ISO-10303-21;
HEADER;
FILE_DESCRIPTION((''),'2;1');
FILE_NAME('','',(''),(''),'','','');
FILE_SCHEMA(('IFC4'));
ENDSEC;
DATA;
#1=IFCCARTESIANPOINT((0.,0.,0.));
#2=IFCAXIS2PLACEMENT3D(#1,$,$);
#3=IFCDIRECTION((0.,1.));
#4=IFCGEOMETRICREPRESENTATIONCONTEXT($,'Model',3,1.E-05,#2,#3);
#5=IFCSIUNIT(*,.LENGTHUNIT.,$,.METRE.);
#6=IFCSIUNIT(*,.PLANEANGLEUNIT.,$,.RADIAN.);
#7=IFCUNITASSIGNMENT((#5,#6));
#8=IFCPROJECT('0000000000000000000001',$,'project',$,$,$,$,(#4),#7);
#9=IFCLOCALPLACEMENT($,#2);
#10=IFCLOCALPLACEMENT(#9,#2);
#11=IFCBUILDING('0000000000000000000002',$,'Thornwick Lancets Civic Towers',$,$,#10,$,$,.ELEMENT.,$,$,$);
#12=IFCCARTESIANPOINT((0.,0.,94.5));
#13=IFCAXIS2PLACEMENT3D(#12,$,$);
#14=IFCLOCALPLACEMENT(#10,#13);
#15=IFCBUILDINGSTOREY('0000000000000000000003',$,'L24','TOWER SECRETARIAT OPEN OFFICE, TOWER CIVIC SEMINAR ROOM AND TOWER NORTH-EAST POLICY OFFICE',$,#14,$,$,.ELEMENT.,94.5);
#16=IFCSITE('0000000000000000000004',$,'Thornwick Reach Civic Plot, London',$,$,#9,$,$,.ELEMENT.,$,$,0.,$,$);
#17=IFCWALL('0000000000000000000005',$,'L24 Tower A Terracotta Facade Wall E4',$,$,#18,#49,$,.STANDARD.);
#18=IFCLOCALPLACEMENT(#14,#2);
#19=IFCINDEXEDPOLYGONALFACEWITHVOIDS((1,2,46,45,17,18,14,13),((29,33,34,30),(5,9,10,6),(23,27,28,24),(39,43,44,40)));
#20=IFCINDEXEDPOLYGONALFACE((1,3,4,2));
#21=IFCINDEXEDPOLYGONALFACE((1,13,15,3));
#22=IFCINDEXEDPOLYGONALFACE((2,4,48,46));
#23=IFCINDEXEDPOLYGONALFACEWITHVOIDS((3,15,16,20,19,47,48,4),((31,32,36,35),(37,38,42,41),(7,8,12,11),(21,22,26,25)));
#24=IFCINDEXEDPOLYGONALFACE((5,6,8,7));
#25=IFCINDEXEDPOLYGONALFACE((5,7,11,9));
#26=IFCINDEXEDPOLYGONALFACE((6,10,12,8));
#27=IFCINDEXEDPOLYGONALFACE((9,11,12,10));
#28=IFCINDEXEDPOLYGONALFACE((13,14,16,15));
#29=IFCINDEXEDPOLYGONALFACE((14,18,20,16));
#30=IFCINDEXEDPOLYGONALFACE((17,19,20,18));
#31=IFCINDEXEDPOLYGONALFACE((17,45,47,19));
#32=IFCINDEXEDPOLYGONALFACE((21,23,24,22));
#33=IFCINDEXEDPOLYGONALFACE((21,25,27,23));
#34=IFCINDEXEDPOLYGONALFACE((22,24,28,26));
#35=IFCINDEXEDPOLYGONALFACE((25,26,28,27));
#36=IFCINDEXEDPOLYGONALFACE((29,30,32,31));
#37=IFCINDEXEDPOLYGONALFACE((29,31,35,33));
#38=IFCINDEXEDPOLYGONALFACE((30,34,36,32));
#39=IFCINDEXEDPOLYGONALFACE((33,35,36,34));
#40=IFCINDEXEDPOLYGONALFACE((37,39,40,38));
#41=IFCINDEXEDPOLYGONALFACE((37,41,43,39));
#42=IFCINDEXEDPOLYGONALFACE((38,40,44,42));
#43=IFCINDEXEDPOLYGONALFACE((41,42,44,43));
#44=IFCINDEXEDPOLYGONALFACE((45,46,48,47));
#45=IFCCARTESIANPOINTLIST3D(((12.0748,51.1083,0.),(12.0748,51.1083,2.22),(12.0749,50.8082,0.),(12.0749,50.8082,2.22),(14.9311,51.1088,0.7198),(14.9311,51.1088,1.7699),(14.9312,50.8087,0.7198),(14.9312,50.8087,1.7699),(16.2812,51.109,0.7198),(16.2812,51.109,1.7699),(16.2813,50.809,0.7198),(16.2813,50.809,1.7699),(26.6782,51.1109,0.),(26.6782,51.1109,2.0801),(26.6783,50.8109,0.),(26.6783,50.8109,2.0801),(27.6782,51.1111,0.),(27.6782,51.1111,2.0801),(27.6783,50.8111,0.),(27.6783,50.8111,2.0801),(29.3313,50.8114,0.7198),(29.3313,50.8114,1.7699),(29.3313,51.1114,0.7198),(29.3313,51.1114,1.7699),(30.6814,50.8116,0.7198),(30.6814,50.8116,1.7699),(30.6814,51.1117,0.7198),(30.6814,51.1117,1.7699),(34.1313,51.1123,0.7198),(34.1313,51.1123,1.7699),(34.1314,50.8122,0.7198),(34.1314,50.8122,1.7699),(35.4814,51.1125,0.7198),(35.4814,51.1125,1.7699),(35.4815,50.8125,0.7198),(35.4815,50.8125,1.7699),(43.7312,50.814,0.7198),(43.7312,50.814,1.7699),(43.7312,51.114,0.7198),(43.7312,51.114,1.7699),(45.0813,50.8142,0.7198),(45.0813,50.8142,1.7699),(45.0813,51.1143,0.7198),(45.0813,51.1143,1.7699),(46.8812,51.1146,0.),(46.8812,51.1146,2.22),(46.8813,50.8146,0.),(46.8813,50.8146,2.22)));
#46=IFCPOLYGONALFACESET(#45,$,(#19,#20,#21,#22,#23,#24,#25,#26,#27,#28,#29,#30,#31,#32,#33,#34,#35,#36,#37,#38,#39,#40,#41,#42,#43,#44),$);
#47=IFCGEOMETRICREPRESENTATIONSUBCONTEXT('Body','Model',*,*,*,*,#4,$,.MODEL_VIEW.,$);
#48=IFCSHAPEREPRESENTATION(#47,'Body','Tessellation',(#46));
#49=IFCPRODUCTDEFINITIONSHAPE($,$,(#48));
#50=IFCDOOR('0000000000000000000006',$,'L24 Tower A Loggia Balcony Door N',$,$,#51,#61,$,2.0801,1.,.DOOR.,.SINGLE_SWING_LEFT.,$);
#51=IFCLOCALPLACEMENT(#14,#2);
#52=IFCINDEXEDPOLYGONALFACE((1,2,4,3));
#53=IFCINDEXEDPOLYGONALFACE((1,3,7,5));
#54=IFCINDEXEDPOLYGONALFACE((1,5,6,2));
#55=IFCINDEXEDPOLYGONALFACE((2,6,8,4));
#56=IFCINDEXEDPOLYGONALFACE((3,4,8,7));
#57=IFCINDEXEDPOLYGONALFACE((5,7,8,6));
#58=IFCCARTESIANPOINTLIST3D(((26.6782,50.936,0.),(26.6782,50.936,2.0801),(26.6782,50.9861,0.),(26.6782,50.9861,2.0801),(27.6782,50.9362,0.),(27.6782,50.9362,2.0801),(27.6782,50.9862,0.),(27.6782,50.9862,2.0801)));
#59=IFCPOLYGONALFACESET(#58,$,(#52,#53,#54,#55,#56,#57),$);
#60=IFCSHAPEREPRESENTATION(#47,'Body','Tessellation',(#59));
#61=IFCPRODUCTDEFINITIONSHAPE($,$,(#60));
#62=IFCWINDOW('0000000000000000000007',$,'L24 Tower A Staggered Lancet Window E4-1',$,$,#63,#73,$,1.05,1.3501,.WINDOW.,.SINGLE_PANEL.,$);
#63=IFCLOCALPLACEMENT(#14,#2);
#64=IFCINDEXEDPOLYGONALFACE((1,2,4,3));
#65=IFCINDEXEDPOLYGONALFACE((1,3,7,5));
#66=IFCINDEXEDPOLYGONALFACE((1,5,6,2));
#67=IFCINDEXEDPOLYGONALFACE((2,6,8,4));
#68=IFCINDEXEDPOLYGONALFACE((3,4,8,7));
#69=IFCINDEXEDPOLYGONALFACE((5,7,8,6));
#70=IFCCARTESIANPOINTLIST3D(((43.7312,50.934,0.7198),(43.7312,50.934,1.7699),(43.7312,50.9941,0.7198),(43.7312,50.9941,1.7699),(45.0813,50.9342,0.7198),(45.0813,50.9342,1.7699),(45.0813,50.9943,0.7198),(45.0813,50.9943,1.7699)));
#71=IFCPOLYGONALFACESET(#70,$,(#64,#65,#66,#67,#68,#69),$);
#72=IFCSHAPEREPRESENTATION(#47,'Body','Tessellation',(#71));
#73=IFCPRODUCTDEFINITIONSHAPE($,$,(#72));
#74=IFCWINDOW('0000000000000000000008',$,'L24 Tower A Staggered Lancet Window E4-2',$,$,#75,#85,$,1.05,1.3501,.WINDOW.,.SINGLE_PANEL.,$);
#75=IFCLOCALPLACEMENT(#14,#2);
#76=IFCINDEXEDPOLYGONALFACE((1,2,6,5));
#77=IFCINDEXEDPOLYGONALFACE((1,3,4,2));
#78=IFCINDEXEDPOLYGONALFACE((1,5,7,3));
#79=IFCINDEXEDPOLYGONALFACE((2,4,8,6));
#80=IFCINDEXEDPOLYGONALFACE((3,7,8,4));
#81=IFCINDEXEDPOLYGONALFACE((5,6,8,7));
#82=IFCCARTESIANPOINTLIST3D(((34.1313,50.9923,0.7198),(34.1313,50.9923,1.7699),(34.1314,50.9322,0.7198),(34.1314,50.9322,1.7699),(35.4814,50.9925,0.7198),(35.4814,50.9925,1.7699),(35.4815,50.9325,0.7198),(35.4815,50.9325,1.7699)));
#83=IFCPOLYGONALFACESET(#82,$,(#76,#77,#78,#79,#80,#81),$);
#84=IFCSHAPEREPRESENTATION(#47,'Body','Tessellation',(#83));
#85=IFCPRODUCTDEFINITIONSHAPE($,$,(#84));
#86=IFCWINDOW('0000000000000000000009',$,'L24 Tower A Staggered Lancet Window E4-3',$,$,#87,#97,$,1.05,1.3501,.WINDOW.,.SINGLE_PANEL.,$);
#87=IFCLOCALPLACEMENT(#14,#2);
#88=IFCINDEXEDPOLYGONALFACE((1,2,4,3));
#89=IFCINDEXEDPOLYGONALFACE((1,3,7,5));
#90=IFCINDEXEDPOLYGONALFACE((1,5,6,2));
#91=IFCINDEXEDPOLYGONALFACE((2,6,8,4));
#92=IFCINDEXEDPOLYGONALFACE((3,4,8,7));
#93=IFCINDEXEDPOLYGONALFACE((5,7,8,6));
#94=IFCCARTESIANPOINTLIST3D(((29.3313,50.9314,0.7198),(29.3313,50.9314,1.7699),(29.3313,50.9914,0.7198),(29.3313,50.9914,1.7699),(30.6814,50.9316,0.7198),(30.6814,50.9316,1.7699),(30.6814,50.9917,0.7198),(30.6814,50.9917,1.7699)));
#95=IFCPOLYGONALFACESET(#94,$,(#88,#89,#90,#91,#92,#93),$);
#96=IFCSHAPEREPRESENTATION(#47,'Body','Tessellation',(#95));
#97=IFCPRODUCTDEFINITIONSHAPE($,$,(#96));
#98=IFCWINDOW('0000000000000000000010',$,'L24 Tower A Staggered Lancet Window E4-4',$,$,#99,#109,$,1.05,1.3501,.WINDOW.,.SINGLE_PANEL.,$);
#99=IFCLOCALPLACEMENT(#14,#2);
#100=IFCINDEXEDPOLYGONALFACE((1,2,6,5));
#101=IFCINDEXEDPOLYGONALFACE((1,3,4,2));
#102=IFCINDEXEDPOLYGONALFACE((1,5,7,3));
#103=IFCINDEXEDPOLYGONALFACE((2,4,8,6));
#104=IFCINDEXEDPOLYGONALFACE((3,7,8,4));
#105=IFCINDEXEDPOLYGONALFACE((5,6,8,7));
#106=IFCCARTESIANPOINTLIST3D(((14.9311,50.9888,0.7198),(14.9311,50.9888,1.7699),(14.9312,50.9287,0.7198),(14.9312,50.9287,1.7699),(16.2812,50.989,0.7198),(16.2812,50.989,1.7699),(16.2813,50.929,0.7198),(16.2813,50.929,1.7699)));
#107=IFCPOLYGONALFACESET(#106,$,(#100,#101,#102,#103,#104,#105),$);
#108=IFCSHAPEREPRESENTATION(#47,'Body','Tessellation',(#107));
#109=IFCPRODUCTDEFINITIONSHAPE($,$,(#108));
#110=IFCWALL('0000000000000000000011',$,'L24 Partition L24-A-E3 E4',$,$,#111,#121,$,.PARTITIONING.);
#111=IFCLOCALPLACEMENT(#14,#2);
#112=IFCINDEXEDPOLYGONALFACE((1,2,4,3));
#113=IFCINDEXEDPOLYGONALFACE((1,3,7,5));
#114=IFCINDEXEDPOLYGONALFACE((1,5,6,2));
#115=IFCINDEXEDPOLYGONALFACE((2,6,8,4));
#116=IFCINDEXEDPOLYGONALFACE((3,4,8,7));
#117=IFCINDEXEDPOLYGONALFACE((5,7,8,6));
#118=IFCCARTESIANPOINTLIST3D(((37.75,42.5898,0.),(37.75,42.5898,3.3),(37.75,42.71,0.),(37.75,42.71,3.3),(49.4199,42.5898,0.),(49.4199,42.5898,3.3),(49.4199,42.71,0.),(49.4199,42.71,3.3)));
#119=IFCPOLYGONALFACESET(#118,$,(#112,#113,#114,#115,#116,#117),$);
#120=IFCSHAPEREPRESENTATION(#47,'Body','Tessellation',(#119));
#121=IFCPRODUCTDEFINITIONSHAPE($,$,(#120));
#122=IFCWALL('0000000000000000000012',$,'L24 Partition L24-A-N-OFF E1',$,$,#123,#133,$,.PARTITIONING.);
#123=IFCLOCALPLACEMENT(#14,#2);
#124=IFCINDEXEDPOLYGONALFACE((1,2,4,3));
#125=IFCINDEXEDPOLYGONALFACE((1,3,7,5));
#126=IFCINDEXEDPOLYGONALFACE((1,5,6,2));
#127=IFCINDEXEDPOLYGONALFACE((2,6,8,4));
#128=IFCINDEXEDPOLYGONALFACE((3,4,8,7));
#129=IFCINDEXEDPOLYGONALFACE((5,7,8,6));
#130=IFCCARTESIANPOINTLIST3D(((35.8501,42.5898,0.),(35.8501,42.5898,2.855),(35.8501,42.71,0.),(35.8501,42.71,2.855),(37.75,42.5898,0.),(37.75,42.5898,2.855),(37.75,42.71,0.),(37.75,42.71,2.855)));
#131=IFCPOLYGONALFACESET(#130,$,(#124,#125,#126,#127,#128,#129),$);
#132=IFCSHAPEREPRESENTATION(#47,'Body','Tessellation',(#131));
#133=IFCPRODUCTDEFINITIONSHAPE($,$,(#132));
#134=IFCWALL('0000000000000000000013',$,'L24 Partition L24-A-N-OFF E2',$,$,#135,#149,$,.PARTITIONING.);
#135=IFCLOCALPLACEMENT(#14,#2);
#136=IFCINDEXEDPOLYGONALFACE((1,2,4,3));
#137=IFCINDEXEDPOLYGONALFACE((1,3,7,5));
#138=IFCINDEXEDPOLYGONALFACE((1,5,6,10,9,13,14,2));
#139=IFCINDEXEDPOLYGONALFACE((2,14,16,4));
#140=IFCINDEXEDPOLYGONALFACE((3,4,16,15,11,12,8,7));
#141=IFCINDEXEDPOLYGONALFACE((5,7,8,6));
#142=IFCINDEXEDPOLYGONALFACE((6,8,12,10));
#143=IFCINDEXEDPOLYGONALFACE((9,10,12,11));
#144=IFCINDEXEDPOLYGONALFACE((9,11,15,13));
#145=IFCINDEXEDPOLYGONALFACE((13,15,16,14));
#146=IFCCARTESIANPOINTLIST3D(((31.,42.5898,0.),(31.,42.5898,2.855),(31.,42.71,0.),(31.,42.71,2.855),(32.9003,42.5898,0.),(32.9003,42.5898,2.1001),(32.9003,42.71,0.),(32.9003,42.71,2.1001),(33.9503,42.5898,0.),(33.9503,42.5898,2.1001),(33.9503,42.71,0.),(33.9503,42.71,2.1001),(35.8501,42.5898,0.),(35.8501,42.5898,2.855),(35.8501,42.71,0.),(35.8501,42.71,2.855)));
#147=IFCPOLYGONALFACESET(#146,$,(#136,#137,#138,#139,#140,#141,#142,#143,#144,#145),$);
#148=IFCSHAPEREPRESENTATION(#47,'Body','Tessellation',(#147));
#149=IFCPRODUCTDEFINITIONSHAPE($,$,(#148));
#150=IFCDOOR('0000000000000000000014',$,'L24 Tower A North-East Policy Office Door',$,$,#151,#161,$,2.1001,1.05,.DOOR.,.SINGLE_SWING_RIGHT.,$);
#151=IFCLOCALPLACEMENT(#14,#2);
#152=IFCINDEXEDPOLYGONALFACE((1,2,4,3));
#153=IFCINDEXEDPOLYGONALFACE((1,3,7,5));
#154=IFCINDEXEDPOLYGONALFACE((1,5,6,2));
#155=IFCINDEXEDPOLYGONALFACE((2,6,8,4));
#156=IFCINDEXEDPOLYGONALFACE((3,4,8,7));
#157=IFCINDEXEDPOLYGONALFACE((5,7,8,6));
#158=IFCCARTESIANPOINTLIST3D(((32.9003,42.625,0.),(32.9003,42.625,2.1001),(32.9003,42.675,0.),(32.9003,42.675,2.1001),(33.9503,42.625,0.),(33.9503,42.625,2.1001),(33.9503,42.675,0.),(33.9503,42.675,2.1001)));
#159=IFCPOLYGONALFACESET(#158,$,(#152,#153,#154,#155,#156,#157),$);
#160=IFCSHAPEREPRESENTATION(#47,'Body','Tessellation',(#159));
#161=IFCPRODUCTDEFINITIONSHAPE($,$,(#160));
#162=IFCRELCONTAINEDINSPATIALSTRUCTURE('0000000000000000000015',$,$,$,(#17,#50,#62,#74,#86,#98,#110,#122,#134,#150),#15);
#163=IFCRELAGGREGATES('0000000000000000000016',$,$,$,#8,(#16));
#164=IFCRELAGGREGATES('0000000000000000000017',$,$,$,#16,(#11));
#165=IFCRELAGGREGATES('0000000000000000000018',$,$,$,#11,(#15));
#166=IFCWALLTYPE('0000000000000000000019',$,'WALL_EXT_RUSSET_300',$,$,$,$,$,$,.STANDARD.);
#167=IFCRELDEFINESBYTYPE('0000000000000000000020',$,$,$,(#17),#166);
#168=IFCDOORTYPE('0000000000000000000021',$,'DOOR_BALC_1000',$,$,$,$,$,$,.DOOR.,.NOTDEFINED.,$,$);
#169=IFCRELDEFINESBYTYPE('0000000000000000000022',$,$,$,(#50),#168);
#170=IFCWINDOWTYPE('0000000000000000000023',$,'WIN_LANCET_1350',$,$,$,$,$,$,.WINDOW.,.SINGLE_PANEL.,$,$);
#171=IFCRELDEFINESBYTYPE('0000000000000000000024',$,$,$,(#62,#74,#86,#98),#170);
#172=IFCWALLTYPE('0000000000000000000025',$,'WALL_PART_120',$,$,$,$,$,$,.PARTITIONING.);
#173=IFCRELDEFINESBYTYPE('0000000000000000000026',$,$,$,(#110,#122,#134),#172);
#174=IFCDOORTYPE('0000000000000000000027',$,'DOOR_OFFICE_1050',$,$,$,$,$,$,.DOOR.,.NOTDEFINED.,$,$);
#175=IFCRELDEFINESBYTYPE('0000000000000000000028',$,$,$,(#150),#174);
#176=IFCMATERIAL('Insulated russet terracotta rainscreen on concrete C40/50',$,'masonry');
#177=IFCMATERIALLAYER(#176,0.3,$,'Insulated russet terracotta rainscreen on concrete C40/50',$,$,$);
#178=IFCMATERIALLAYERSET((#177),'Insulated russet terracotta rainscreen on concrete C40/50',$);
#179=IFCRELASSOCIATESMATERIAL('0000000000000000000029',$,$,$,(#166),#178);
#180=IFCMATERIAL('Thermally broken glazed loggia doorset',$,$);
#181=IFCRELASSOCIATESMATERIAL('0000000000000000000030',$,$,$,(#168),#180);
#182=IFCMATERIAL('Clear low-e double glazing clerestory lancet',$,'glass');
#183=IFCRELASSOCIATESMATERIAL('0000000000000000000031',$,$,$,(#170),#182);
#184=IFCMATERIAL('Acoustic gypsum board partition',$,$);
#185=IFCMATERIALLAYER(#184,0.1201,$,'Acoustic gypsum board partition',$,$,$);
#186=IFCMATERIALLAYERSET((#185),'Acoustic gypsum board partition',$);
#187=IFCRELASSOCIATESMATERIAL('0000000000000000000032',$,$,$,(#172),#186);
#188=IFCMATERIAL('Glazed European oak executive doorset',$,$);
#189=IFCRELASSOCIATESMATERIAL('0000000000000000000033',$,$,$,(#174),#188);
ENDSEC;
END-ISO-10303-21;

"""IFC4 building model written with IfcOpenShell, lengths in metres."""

from ifc_helpers import new_model, si_unit, direction, frame, frame_2d, origin, place, context, subcontext, project, spatial, rectangle, extrude, material, layer, layer_set, type_object, element, fill, save


model = new_model("IFC4")

# Units and contexts
model_context = context("Model", 3, precision=1e-05, world=origin(), true_north=direction((0.0, 1.0)))
body_context = subcontext(model_context, "Body", "Model", "MODEL_VIEW")
ifc_project = project(units=[si_unit("LENGTHUNIT", "METRE"), si_unit("PLANEANGLEUNIT", "RADIAN")], contexts=[model_context])

# Site, building, storey
site_placement = place(None, origin())
site = spatial("IfcSite", under=ifc_project, at=site_placement, Name="Thornwick Reach Civic Plot, London", CompositionType="ELEMENT", RefElevation=0.0)
building_placement = place(site_placement, origin())
building = spatial("IfcBuilding", under=site, at=building_placement, Name="Thornwick Lancets Civic Towers", CompositionType="ELEMENT")
storey_placement = place(building_placement, frame((0.0, 0.0, 94.5)))
storey = spatial("IfcBuildingStorey", under=building, at=storey_placement, Name="L24", Description="TOWER SECRETARIAT OPEN OFFICE, TOWER CIVIC SEMINAR ROOM AND TOWER NORTH-EAST POLICY OFFICE", CompositionType="ELEMENT", Elevation=94.5)

# Wall, openings, door, windows
ifc_material_1 = material(Name="Insulated russet terracotta rainscreen on concrete C40/50", Category="masonry")
ifc_layer_1 = layer(ifc_material_1, 0.3, Name="Insulated russet terracotta rainscreen on concrete C40/50")
ifc_layer_set_1 = layer_set([ifc_layer_1], Name="Insulated russet terracotta rainscreen on concrete C40/50")
wall_type_1 = type_object("IfcWallType", Name="WALL_EXT_RUSSET_300", PredefinedType="STANDARD", material=ifc_layer_set_1)
wall_1_placement = place(storey_placement, frame((46.8813, 50.9646, 0.0), z_axis=(0.0, 0.0, 1.0), x_axis=(-1.0, -0.000182, 0.0)))
wall_1 = element("IfcWall", 1, at=wall_1_placement, inside=storey, type_object=wall_type_1, Name="L24 Tower A Terracotta Facade Wall E4", PredefinedType="STANDARD", context=body_context, shape_type="SweptSolid", body=[
    extrude(rectangle(XDim=34.8064, YDim=0.3, at=frame_2d((17.4033, 0.0))), origin(), (0.0, 0.0, 1.0), 2.22),
])
opening_1_placement = place(wall_1_placement, frame((19.2031, 0.0, 0.0)))
opening_1 = element("IfcOpeningElement", 2, at=opening_1_placement, cuts=wall_1, PredefinedType="OPENING", context=body_context, shape_type="SweptSolid", body=[
    extrude(rectangle(XDim=1.0, YDim=2.0801, at=frame_2d((0.5, 1.04))), frame((0.0, 0.1602, 0.0), z_axis=(0.0, -1.0, 0.0), x_axis=(1.0, 0.0, 0.0)), (0.0, 0.0, 1.0), 0.3201),
])
opening_2_placement = place(wall_1_placement, frame((1.8, 0.0, 0.72)))
opening_2 = element("IfcOpeningElement", 3, at=opening_2_placement, cuts=wall_1, PredefinedType="OPENING", context=body_context, shape_type="SweptSolid", body=[
    extrude(rectangle(XDim=1.3501, YDim=1.05, at=frame_2d((0.675, 0.5249))), frame((0.0, 0.1602, 0.0), z_axis=(0.0, -1.0, 0.0), x_axis=(1.0, 0.0, 0.0)), (0.0, 0.0, 1.0), 0.3201),
])
opening_3_placement = place(wall_1_placement, frame((11.3999, 0.0, 0.72)))
opening_3 = element("IfcOpeningElement", 4, at=opening_3_placement, cuts=wall_1, PredefinedType="OPENING", context=body_context, shape_type="SweptSolid", body=[
    extrude(rectangle(XDim=1.3501, YDim=1.05, at=frame_2d((0.675, 0.5249))), frame((0.0, 0.1602, 0.0), z_axis=(0.0, -1.0, 0.0), x_axis=(1.0, 0.0, 0.0)), (0.0, 0.0, 1.0), 0.3201),
])
opening_4_placement = place(wall_1_placement, frame((16.2, 0.0, 0.72)))
opening_4 = element("IfcOpeningElement", 5, at=opening_4_placement, cuts=wall_1, PredefinedType="OPENING", context=body_context, shape_type="SweptSolid", body=[
    extrude(rectangle(XDim=1.3501, YDim=1.05, at=frame_2d((0.675, 0.5249))), frame((0.0, 0.1602, 0.0), z_axis=(0.0, -1.0, 0.0), x_axis=(1.0, 0.0, 0.0)), (0.0, 0.0, 1.0), 0.3201),
])
opening_5_placement = place(wall_1_placement, frame((30.6001, 0.0, 0.72)))
opening_5 = element("IfcOpeningElement", 6, at=opening_5_placement, cuts=wall_1, PredefinedType="OPENING", context=body_context, shape_type="SweptSolid", body=[
    extrude(rectangle(XDim=1.3501, YDim=1.05, at=frame_2d((0.675, 0.5249))), frame((0.0, 0.1602, 0.0), z_axis=(0.0, -1.0, 0.0), x_axis=(1.0, 0.0, 0.0)), (0.0, 0.0, 1.0), 0.3201),
])
ifc_material_2 = material(Name="Thermally broken glazed loggia doorset")
door_type_1 = type_object("IfcDoorType", Name="DOOR_BALC_1000", OperationType="NOTDEFINED", PredefinedType="DOOR", material=ifc_material_2)
door_1_placement = place(opening_1_placement, origin())
door_1 = element("IfcDoor", 7, at=door_1_placement, inside=storey, type_object=door_type_1, Name="L24 Tower A Loggia Balcony Door N", OperationType="SINGLE_SWING_LEFT", OverallHeight=2.0801, OverallWidth=1.0, PredefinedType="DOOR", context=body_context, shape_type="SweptSolid", body=[
    extrude(rectangle(XDim=1.0, YDim=2.0801, at=frame_2d((0.5, 1.04))), frame((0.0, 0.0249, 0.0), z_axis=(0.0, -1.0, 0.0), x_axis=(1.0, 0.0, 0.0)), (0.0, 0.0, 1.0), 0.05),
])
fill(opening_1, door_1)
ifc_material_3 = material(Name="Clear low-e double glazing clerestory lancet", Category="glass")
window_type = type_object("IfcWindowType", Name="WIN_LANCET_1350", PartitioningType="SINGLE_PANEL", PredefinedType="WINDOW", material=ifc_material_3)
window_1_placement = place(opening_2_placement, origin())
window_1 = element("IfcWindow", 8, at=window_1_placement, inside=storey, type_object=window_type, Name="L24 Tower A Staggered Lancet Window E4-1", OverallHeight=1.05, OverallWidth=1.3501, PartitioningType="SINGLE_PANEL", PredefinedType="WINDOW", context=body_context, shape_type="SweptSolid", body=[
    extrude(rectangle(XDim=1.3501, YDim=1.05, at=frame_2d((0.675, 0.5249))), frame((0.0, 0.03, 0.0), z_axis=(0.0, -1.0, 0.0), x_axis=(1.0, 0.0, 0.0)), (0.0, 0.0, 1.0), 0.0601),
])
fill(opening_2, window_1)
window_2_placement = place(opening_3_placement, origin())
window_2 = element("IfcWindow", 9, at=window_2_placement, inside=storey, type_object=window_type, Name="L24 Tower A Staggered Lancet Window E4-2", OverallHeight=1.05, OverallWidth=1.3501, PartitioningType="SINGLE_PANEL", PredefinedType="WINDOW", context=body_context, shape_type="SweptSolid", body=[
    extrude(rectangle(XDim=1.3501, YDim=1.05, at=frame_2d((0.675, 0.5249))), frame((0.0, 0.03, 0.0), z_axis=(0.0, -1.0, 0.0), x_axis=(1.0, 0.0, 0.0)), (0.0, 0.0, 1.0), 0.0601),
])
fill(opening_3, window_2)
window_3_placement = place(opening_4_placement, origin())
window_3 = element("IfcWindow", 10, at=window_3_placement, inside=storey, type_object=window_type, Name="L24 Tower A Staggered Lancet Window E4-3", OverallHeight=1.05, OverallWidth=1.3501, PartitioningType="SINGLE_PANEL", PredefinedType="WINDOW", context=body_context, shape_type="SweptSolid", body=[
    extrude(rectangle(XDim=1.3501, YDim=1.05, at=frame_2d((0.675, 0.5249))), frame((0.0, 0.03, 0.0), z_axis=(0.0, -1.0, 0.0), x_axis=(1.0, 0.0, 0.0)), (0.0, 0.0, 1.0), 0.0601),
])
fill(opening_4, window_3)
window_4_placement = place(opening_5_placement, origin())
window_4 = element("IfcWindow", 11, at=window_4_placement, inside=storey, type_object=window_type, Name="L24 Tower A Staggered Lancet Window E4-4", OverallHeight=1.05, OverallWidth=1.3501, PartitioningType="SINGLE_PANEL", PredefinedType="WINDOW", context=body_context, shape_type="SweptSolid", body=[
    extrude(rectangle(XDim=1.3501, YDim=1.05, at=frame_2d((0.675, 0.5249))), frame((0.0, 0.03, 0.0), z_axis=(0.0, -1.0, 0.0), x_axis=(1.0, 0.0, 0.0)), (0.0, 0.0, 1.0), 0.0601),
])
fill(opening_5, window_4)

# Walls
ifc_material_4 = material(Name="Acoustic gypsum board partition")
ifc_layer_2 = layer(ifc_material_4, 0.1201, Name="Acoustic gypsum board partition")
ifc_layer_set_2 = layer_set([ifc_layer_2], Name="Acoustic gypsum board partition")
wall_type_2 = type_object("IfcWallType", Name="WALL_PART_120", PredefinedType="PARTITIONING", material=ifc_layer_set_2)
wall_2_placement = place(storey_placement, frame((37.75, 42.6499, 0.0), z_axis=(0.0, 0.0, 1.0), x_axis=(1.0, 0.0, 0.0)))
element("IfcWall", 12, at=wall_2_placement, inside=storey, type_object=wall_type_2, Name="L24 Partition L24-A-E3 E4", PredefinedType="PARTITIONING", context=body_context, shape_type="SweptSolid", body=[
    extrude(rectangle(XDim=11.6699, YDim=0.1201, at=frame_2d((5.835, 0.0))), origin(), (0.0, 0.0, 1.0), 3.3),
])
wall_3_placement = place(storey_placement, frame((37.75, 42.6499, 0.0), z_axis=(0.0, 0.0, 1.0), x_axis=(-1.0, 0.0, 0.0)))
element("IfcWall", 13, at=wall_3_placement, inside=storey, type_object=wall_type_2, Name="L24 Partition L24-A-N-OFF E1", PredefinedType="PARTITIONING", context=body_context, shape_type="SweptSolid", body=[
    extrude(rectangle(XDim=1.8999, YDim=0.1201, at=frame_2d((0.95, 0.0))), origin(), (0.0, 0.0, 1.0), 2.855),
])

# Wall, opening, door
wall_4_placement = place(storey_placement, frame((35.8501, 42.6499, 0.0), z_axis=(0.0, 0.0, 1.0), x_axis=(-1.0, 0.0, 0.0)))
wall_4 = element("IfcWall", 14, at=wall_4_placement, inside=storey, type_object=wall_type_2, Name="L24 Partition L24-A-N-OFF E2", PredefinedType="PARTITIONING", context=body_context, shape_type="SweptSolid", body=[
    extrude(rectangle(XDim=4.8501, YDim=0.1201, at=frame_2d((2.425, 0.0))), origin(), (0.0, 0.0, 1.0), 2.855),
])
opening_6_placement = place(wall_4_placement, frame((1.8999, 0.0, 0.0)))
opening_6 = element("IfcOpeningElement", 15, at=opening_6_placement, cuts=wall_4, PredefinedType="OPENING", context=body_context, shape_type="SweptSolid", body=[
    extrude(rectangle(XDim=1.05, YDim=2.1001, at=frame_2d((0.5249, 1.05))), frame((0.0, 0.0701, 0.0), z_axis=(0.0, -1.0, 0.0), x_axis=(1.0, 0.0, 0.0)), (0.0, 0.0, 1.0), 0.1401),
])
ifc_material_5 = material(Name="Glazed European oak executive doorset")
door_type_2 = type_object("IfcDoorType", Name="DOOR_OFFICE_1050", OperationType="NOTDEFINED", PredefinedType="DOOR", material=ifc_material_5)
door_2_placement = place(opening_6_placement, origin())
door_2 = element("IfcDoor", 16, at=door_2_placement, inside=storey, type_object=door_type_2, Name="L24 Tower A North-East Policy Office Door", OperationType="SINGLE_SWING_RIGHT", OverallHeight=2.1001, OverallWidth=1.05, PredefinedType="DOOR", context=body_context, shape_type="SweptSolid", body=[
    extrude(rectangle(XDim=1.05, YDim=2.1001, at=frame_2d((0.5249, 1.05))), frame((0.0, 0.0249, 0.0), z_axis=(0.0, -1.0, 0.0), x_axis=(1.0, 0.0, 0.0)), (0.0, 0.0, 1.0), 0.05),
])
fill(opening_6, door_2)

save(model, "model.ifc")
